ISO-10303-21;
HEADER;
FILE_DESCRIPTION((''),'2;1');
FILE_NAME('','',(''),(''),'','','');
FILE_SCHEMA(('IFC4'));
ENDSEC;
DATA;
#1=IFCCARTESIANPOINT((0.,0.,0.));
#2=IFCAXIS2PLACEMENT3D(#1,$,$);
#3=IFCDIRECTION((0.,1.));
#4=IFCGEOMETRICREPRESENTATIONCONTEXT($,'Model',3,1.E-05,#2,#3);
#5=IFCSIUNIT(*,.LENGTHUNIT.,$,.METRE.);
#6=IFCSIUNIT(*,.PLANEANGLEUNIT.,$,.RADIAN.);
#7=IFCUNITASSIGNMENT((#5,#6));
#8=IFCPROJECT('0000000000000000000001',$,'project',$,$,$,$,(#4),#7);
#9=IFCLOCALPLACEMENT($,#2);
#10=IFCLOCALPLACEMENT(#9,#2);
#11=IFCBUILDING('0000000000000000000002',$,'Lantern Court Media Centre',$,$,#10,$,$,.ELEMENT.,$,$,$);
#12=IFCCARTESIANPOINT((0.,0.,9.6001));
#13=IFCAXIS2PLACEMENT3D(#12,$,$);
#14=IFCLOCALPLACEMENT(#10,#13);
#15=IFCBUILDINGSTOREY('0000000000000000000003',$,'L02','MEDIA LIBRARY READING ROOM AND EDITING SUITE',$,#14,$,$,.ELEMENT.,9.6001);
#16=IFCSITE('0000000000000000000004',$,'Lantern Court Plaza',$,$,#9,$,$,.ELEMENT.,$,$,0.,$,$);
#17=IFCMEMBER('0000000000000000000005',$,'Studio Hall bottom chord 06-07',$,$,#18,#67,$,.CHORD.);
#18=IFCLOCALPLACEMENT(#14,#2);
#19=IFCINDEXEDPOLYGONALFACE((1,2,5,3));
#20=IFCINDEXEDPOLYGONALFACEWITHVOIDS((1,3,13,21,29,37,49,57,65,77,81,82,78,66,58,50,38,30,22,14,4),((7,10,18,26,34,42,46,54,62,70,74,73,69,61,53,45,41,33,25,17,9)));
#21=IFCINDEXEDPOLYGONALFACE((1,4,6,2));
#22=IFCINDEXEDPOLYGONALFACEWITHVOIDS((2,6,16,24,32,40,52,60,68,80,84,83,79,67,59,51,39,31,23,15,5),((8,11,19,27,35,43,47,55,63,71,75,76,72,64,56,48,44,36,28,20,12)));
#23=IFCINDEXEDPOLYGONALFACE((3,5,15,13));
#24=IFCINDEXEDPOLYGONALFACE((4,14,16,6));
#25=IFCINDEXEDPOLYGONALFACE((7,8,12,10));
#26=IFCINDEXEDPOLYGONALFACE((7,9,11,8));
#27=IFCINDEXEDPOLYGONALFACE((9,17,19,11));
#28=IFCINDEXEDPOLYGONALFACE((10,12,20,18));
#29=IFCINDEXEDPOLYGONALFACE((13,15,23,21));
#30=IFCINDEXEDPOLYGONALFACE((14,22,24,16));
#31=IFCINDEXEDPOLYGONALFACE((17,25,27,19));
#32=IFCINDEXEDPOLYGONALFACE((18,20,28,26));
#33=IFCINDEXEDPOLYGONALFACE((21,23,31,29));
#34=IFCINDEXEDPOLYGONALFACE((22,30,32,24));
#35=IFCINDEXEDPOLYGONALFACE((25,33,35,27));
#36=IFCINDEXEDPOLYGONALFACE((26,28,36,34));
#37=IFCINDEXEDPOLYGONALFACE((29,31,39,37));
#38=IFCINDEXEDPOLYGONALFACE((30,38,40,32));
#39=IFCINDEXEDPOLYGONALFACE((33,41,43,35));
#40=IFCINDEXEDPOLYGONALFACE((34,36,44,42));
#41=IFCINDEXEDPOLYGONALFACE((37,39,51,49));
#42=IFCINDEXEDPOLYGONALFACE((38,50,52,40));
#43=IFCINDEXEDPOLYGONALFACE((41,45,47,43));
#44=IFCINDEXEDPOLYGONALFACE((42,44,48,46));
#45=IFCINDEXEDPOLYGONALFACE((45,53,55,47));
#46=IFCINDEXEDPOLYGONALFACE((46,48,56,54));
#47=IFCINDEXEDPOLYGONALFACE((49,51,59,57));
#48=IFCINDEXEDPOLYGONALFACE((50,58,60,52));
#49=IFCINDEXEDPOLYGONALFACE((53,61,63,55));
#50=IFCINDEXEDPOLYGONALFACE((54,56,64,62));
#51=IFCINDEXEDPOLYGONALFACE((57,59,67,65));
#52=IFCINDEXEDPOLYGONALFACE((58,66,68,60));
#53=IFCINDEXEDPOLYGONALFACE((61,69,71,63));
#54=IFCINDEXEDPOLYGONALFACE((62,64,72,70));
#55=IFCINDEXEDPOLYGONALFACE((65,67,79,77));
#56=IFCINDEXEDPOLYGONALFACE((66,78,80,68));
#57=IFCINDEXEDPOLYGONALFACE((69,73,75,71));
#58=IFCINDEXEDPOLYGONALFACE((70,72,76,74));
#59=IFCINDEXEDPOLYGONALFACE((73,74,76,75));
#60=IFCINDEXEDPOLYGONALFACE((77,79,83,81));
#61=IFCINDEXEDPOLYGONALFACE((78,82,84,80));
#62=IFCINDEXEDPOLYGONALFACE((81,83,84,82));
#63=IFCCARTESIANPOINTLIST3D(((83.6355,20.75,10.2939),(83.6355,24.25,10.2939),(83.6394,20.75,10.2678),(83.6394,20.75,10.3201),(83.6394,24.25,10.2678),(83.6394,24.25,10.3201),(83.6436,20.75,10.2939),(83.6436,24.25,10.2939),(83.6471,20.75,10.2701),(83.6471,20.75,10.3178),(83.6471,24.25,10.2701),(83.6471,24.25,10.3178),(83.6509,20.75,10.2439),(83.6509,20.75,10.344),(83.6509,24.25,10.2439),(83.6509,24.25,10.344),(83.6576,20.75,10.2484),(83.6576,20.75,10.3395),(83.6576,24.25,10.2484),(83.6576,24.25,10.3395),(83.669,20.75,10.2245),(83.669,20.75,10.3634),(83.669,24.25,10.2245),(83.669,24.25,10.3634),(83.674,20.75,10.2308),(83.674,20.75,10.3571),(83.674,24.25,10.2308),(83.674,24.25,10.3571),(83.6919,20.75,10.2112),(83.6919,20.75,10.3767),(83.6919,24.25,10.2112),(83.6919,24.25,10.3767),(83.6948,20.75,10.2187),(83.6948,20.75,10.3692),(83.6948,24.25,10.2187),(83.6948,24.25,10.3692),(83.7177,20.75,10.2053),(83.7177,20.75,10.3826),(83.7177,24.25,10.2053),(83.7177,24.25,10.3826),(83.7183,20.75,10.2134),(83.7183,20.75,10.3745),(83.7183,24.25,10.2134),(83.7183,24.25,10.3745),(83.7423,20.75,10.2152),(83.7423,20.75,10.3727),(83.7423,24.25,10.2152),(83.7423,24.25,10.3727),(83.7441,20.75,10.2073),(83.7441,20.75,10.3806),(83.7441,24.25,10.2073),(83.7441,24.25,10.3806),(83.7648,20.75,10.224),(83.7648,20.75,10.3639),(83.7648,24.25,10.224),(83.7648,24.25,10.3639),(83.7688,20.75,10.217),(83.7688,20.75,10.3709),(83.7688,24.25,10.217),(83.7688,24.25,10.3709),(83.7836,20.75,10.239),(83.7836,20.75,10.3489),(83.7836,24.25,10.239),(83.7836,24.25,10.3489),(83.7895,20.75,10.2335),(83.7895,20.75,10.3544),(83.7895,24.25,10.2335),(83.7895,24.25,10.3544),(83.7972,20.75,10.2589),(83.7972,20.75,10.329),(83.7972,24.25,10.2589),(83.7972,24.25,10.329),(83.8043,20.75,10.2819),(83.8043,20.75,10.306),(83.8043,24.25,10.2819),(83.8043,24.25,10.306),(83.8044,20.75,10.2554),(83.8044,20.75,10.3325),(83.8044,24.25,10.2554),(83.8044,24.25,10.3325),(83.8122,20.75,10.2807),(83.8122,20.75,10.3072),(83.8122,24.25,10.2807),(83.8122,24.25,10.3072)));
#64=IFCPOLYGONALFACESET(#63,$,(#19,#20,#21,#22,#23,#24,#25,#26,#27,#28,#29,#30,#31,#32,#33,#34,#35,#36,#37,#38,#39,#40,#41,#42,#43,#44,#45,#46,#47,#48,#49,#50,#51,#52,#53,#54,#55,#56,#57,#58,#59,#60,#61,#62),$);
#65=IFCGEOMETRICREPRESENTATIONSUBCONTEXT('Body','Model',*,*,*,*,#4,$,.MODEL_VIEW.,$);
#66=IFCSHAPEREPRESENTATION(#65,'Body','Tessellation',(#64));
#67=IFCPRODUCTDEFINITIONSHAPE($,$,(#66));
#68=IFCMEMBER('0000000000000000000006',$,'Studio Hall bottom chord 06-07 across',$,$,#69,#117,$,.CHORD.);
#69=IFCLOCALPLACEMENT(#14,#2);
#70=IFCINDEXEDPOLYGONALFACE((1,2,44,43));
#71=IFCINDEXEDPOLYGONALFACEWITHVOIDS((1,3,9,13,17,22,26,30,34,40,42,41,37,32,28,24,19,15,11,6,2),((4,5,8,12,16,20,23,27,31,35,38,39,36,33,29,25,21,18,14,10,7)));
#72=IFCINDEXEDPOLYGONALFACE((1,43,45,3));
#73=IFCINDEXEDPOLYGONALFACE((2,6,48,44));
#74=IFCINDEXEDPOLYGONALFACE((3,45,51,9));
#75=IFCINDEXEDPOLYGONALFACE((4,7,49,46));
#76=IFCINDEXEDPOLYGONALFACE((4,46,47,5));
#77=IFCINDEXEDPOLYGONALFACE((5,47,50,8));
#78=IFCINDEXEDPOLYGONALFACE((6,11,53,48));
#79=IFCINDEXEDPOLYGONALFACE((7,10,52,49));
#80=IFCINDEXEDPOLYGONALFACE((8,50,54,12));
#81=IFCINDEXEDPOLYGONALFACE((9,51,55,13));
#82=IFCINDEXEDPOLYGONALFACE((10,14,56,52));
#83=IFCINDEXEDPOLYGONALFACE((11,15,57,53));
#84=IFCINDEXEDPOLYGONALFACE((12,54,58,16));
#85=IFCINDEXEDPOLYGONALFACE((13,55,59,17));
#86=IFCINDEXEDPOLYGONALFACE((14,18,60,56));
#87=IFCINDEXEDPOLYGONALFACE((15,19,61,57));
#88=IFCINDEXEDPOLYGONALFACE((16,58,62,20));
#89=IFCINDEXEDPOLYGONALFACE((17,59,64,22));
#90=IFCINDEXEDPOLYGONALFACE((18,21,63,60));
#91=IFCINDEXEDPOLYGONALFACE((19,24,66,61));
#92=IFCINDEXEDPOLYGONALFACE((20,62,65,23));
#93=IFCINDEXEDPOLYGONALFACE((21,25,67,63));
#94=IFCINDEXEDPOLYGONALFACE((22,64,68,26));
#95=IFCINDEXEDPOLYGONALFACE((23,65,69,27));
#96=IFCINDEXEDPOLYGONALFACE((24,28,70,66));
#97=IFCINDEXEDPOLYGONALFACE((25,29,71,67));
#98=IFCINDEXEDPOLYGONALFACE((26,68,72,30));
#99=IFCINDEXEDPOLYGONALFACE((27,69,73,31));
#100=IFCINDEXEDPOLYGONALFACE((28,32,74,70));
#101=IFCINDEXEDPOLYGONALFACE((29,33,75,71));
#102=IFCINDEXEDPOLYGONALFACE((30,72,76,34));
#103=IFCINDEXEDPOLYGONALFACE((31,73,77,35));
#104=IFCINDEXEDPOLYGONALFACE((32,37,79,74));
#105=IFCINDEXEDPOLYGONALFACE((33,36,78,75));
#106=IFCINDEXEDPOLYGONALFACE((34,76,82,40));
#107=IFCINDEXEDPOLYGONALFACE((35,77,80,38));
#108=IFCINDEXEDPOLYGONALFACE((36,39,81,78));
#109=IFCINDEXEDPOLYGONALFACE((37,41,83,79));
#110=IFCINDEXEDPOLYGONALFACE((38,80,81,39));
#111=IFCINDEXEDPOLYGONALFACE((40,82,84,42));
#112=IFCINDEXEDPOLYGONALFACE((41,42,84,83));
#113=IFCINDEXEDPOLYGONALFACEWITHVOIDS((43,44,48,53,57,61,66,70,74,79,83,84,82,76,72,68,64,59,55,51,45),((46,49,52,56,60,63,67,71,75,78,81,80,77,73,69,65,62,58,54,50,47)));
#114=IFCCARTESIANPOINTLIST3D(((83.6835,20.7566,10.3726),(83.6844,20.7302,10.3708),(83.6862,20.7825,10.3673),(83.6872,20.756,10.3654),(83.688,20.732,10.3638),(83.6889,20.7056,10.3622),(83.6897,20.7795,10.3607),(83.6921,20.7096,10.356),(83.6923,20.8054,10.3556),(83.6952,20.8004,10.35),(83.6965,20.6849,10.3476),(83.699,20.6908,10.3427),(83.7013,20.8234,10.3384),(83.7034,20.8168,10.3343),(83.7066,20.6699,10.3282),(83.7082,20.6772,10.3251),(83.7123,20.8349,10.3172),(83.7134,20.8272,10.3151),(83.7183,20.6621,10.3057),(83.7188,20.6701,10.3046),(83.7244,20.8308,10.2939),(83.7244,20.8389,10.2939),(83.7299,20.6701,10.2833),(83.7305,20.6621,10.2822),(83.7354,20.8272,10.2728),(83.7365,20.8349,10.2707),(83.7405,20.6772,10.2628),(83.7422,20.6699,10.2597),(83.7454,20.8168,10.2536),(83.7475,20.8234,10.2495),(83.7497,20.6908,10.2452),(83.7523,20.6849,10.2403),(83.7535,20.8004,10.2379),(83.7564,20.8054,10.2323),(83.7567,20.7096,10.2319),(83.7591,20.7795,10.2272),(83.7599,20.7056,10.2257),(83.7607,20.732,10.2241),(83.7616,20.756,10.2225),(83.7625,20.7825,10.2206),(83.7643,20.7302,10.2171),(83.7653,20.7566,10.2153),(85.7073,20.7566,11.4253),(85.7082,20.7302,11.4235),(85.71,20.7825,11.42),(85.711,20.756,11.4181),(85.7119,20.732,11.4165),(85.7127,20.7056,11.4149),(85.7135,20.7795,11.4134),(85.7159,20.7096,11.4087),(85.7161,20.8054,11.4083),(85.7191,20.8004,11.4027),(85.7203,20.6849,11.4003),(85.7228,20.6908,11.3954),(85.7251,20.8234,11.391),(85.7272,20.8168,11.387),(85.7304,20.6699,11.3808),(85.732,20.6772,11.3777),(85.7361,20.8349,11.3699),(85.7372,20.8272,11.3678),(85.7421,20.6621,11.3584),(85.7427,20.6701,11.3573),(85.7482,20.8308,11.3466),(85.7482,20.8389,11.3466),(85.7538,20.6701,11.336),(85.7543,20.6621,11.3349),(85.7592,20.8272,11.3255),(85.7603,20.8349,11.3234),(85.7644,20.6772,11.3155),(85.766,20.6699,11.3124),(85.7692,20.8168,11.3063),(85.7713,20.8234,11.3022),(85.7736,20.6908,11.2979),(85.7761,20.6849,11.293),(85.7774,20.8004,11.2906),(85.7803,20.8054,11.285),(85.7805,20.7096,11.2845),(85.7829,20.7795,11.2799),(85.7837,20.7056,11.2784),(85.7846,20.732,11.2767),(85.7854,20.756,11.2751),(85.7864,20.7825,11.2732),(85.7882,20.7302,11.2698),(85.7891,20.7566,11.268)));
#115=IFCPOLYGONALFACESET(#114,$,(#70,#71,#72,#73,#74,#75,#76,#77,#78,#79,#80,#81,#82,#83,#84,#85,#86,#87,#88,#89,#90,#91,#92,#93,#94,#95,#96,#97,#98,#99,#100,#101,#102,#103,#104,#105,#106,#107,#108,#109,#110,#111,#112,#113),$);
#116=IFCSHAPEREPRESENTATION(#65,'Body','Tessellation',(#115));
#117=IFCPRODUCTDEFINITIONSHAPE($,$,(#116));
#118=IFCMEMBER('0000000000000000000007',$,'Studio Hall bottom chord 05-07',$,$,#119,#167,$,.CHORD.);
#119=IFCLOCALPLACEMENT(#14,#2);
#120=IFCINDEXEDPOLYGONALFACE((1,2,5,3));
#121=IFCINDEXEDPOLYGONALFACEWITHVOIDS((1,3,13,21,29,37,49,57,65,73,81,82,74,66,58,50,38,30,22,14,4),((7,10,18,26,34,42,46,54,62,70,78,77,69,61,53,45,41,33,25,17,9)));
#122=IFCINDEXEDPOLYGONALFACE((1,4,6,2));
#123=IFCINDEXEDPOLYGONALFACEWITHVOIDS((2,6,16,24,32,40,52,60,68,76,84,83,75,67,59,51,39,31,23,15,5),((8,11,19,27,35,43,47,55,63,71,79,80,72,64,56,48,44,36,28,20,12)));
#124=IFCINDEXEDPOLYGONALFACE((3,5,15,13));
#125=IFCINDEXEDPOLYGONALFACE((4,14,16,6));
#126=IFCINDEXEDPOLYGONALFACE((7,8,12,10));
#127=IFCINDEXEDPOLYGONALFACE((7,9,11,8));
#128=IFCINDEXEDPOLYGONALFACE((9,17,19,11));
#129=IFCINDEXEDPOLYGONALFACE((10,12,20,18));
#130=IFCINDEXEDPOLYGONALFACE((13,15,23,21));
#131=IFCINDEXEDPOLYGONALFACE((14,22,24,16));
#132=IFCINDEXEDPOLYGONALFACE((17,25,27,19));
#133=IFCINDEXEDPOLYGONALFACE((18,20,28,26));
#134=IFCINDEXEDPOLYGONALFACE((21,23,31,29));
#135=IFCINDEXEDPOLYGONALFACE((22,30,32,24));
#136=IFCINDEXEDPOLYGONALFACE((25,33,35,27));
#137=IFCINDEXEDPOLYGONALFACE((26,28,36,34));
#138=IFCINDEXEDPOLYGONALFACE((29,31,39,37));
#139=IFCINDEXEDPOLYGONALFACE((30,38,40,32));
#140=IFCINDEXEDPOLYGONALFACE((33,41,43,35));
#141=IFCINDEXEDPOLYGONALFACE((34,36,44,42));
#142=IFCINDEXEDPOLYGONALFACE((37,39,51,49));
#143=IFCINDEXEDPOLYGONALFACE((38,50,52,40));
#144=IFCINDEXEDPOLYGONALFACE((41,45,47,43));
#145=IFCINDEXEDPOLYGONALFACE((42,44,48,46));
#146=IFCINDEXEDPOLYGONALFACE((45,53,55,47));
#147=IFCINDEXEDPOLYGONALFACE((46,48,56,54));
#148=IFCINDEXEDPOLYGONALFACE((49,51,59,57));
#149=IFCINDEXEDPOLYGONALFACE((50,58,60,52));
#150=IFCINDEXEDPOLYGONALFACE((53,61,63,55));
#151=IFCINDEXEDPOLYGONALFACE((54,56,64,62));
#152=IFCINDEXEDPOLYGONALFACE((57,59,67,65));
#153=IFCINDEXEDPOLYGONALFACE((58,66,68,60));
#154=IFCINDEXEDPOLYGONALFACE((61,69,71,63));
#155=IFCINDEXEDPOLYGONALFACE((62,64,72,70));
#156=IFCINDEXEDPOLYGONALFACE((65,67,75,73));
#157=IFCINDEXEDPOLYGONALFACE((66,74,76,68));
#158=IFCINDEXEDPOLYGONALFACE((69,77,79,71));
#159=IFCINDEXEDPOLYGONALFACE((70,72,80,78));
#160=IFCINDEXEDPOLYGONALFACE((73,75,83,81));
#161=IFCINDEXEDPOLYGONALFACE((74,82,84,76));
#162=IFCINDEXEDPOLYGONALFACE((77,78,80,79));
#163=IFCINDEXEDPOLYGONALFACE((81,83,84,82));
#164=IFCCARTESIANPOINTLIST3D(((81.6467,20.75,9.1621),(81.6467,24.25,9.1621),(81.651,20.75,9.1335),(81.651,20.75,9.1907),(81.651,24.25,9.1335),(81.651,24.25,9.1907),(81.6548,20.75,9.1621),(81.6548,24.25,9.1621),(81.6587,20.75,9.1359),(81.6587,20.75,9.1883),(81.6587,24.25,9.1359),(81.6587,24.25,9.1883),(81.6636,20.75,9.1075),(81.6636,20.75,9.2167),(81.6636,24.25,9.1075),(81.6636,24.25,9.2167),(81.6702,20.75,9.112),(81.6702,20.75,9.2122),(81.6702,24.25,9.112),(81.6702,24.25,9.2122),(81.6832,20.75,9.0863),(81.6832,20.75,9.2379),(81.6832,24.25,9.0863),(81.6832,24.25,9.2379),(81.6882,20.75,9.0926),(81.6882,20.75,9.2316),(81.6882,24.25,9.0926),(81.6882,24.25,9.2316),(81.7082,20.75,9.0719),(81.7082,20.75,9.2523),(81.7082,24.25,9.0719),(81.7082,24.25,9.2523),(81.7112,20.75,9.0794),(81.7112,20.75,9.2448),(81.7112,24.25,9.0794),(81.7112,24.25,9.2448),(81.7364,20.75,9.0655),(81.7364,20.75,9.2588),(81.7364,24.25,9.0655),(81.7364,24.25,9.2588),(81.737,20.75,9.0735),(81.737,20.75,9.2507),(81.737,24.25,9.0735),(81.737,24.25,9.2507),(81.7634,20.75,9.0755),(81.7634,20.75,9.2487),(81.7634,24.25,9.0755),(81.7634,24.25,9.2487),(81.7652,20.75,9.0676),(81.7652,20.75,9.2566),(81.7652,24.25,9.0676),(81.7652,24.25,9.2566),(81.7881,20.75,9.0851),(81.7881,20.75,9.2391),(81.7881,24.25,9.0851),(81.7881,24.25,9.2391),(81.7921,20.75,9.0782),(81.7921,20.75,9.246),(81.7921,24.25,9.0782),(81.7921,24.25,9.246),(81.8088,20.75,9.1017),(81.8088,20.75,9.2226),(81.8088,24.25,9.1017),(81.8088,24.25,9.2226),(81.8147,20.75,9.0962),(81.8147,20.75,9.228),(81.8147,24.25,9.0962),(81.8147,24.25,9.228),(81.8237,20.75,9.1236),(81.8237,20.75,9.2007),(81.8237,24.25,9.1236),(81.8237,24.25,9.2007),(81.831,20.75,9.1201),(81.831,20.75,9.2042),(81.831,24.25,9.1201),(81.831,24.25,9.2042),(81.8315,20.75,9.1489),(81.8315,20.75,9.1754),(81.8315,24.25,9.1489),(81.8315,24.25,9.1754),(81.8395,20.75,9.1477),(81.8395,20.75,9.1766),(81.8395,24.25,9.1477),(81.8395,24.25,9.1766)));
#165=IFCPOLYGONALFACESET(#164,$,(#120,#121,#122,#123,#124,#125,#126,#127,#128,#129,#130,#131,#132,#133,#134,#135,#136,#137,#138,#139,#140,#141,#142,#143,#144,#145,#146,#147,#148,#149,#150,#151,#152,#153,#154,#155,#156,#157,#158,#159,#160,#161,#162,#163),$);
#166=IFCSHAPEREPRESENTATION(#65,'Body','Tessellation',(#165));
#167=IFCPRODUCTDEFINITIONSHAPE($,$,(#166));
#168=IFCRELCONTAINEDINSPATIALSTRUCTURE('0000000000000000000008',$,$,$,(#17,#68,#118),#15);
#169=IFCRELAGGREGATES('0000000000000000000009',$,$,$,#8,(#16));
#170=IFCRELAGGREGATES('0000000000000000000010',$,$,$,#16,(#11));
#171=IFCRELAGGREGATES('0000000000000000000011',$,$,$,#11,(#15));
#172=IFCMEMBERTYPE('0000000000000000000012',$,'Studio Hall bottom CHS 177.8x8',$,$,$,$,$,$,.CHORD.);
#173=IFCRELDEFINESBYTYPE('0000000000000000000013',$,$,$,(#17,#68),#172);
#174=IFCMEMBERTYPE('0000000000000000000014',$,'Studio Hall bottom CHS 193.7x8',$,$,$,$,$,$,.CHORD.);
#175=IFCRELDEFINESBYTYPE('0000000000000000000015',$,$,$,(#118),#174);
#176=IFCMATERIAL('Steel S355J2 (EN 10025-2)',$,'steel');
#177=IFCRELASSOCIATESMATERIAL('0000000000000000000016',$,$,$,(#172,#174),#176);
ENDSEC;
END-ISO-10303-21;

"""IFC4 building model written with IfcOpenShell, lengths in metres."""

from ifc_helpers import new_model, si_unit, direction, frame, origin, origin_2d, place, context, subcontext, project, spatial, hollow_circle, extrude, material, material_profile, profile_set, type_object, element, save


model = new_model("IFC4")

# Units and contexts
model_context = context("Model", 3, precision=1e-05, world=origin(), true_north=direction((0.0, 1.0)))
body_context = subcontext(model_context, "Body", "Model", "MODEL_VIEW")
ifc_project = project(units=[si_unit("LENGTHUNIT", "METRE"), si_unit("PLANEANGLEUNIT", "RADIAN")], contexts=[model_context])

# Site, building, storey
site_placement = place(None, origin())
site = spatial("IfcSite", under=ifc_project, at=site_placement, Name="Lantern Court Plaza", CompositionType="ELEMENT", RefElevation=0.0)
building_placement = place(site_placement, origin())
building = spatial("IfcBuilding", under=site, at=building_placement, Name="Lantern Court Media Centre", CompositionType="ELEMENT")
storey_placement = place(building_placement, frame((0.0, 0.0, 9.6001)))
storey = spatial("IfcBuildingStorey", under=building, at=storey_placement, Name="L02", Description="MEDIA LIBRARY READING ROOM AND EDITING SUITE", CompositionType="ELEMENT", Elevation=9.6001)

# Members
ifc_material = material(Name="Steel S355J2 (EN 10025-2)", Category="steel")
ifc_material_profile_1 = material_profile(ifc_material, hollow_circle(Radius=0.0889, WallThickness=0.0081, at=origin_2d()), Name="Studio Hall bottom CHS 177.8x8")
ifc_profile_set_1 = profile_set([ifc_material_profile_1], Name="Steel S355J2 (EN 10025-2)")
member_type_1 = type_object("IfcMemberType", Name="Studio Hall bottom CHS 177.8x8", PredefinedType="CHORD", material=ifc_profile_set_1)
member_1_placement = place(storey_placement, frame((83.7244, 20.75, 10.2939), z_axis=(0.0, 1.0, 0.0), x_axis=(-1.0, 0.0, 0.0)))
element("IfcMember", 1, at=member_1_placement, inside=storey, type_object=member_type_1, Name="Studio Hall bottom chord 06-07", PredefinedType="CHORD", context=body_context, shape_type="SweptSolid", body=[
    extrude(hollow_circle(Radius=0.0889, WallThickness=0.0081, at=origin_2d()), origin(), (0.0, 0.0, 1.0), 3.5),
])
member_2_placement = place(storey_placement, frame((83.7244, 20.75, 10.2939), z_axis=(0.887164, 0.0, 0.461454), x_axis=(0.0, 1.0, 0.0)))
element("IfcMember", 2, at=member_2_placement, inside=storey, type_object=member_type_1, Name="Studio Hall bottom chord 06-07 across", PredefinedType="CHORD", context=body_context, shape_type="SweptSolid", body=[
    extrude(hollow_circle(Radius=0.0889, WallThickness=0.0081, at=origin_2d()), origin(), (0.0, 0.0, 1.0), 2.2812),
])
ifc_material_profile_2 = material_profile(ifc_material, hollow_circle(Radius=0.0969, WallThickness=0.0081, at=origin_2d()), Name="Studio Hall bottom CHS 193.7x8")
ifc_profile_set_2 = profile_set([ifc_material_profile_2], Name="Steel S355J2 (EN 10025-2)")
member_type_2 = type_object("IfcMemberType", Name="Studio Hall bottom CHS 193.7x8", PredefinedType="CHORD", material=ifc_profile_set_2)
member_3_placement = place(storey_placement, frame((81.7437, 20.75, 9.1621), z_axis=(0.0, 1.0, 0.0), x_axis=(-1.0, 0.0, 0.0)))
element("IfcMember", 3, at=member_3_placement, inside=storey, type_object=member_type_2, Name="Studio Hall bottom chord 05-07", PredefinedType="CHORD", context=body_context, shape_type="SweptSolid", body=[
    extrude(hollow_circle(Radius=0.0969, WallThickness=0.0081, at=origin_2d()), origin(), (0.0, 0.0, 1.0), 3.5),
])

save(model, "model.ifc")
